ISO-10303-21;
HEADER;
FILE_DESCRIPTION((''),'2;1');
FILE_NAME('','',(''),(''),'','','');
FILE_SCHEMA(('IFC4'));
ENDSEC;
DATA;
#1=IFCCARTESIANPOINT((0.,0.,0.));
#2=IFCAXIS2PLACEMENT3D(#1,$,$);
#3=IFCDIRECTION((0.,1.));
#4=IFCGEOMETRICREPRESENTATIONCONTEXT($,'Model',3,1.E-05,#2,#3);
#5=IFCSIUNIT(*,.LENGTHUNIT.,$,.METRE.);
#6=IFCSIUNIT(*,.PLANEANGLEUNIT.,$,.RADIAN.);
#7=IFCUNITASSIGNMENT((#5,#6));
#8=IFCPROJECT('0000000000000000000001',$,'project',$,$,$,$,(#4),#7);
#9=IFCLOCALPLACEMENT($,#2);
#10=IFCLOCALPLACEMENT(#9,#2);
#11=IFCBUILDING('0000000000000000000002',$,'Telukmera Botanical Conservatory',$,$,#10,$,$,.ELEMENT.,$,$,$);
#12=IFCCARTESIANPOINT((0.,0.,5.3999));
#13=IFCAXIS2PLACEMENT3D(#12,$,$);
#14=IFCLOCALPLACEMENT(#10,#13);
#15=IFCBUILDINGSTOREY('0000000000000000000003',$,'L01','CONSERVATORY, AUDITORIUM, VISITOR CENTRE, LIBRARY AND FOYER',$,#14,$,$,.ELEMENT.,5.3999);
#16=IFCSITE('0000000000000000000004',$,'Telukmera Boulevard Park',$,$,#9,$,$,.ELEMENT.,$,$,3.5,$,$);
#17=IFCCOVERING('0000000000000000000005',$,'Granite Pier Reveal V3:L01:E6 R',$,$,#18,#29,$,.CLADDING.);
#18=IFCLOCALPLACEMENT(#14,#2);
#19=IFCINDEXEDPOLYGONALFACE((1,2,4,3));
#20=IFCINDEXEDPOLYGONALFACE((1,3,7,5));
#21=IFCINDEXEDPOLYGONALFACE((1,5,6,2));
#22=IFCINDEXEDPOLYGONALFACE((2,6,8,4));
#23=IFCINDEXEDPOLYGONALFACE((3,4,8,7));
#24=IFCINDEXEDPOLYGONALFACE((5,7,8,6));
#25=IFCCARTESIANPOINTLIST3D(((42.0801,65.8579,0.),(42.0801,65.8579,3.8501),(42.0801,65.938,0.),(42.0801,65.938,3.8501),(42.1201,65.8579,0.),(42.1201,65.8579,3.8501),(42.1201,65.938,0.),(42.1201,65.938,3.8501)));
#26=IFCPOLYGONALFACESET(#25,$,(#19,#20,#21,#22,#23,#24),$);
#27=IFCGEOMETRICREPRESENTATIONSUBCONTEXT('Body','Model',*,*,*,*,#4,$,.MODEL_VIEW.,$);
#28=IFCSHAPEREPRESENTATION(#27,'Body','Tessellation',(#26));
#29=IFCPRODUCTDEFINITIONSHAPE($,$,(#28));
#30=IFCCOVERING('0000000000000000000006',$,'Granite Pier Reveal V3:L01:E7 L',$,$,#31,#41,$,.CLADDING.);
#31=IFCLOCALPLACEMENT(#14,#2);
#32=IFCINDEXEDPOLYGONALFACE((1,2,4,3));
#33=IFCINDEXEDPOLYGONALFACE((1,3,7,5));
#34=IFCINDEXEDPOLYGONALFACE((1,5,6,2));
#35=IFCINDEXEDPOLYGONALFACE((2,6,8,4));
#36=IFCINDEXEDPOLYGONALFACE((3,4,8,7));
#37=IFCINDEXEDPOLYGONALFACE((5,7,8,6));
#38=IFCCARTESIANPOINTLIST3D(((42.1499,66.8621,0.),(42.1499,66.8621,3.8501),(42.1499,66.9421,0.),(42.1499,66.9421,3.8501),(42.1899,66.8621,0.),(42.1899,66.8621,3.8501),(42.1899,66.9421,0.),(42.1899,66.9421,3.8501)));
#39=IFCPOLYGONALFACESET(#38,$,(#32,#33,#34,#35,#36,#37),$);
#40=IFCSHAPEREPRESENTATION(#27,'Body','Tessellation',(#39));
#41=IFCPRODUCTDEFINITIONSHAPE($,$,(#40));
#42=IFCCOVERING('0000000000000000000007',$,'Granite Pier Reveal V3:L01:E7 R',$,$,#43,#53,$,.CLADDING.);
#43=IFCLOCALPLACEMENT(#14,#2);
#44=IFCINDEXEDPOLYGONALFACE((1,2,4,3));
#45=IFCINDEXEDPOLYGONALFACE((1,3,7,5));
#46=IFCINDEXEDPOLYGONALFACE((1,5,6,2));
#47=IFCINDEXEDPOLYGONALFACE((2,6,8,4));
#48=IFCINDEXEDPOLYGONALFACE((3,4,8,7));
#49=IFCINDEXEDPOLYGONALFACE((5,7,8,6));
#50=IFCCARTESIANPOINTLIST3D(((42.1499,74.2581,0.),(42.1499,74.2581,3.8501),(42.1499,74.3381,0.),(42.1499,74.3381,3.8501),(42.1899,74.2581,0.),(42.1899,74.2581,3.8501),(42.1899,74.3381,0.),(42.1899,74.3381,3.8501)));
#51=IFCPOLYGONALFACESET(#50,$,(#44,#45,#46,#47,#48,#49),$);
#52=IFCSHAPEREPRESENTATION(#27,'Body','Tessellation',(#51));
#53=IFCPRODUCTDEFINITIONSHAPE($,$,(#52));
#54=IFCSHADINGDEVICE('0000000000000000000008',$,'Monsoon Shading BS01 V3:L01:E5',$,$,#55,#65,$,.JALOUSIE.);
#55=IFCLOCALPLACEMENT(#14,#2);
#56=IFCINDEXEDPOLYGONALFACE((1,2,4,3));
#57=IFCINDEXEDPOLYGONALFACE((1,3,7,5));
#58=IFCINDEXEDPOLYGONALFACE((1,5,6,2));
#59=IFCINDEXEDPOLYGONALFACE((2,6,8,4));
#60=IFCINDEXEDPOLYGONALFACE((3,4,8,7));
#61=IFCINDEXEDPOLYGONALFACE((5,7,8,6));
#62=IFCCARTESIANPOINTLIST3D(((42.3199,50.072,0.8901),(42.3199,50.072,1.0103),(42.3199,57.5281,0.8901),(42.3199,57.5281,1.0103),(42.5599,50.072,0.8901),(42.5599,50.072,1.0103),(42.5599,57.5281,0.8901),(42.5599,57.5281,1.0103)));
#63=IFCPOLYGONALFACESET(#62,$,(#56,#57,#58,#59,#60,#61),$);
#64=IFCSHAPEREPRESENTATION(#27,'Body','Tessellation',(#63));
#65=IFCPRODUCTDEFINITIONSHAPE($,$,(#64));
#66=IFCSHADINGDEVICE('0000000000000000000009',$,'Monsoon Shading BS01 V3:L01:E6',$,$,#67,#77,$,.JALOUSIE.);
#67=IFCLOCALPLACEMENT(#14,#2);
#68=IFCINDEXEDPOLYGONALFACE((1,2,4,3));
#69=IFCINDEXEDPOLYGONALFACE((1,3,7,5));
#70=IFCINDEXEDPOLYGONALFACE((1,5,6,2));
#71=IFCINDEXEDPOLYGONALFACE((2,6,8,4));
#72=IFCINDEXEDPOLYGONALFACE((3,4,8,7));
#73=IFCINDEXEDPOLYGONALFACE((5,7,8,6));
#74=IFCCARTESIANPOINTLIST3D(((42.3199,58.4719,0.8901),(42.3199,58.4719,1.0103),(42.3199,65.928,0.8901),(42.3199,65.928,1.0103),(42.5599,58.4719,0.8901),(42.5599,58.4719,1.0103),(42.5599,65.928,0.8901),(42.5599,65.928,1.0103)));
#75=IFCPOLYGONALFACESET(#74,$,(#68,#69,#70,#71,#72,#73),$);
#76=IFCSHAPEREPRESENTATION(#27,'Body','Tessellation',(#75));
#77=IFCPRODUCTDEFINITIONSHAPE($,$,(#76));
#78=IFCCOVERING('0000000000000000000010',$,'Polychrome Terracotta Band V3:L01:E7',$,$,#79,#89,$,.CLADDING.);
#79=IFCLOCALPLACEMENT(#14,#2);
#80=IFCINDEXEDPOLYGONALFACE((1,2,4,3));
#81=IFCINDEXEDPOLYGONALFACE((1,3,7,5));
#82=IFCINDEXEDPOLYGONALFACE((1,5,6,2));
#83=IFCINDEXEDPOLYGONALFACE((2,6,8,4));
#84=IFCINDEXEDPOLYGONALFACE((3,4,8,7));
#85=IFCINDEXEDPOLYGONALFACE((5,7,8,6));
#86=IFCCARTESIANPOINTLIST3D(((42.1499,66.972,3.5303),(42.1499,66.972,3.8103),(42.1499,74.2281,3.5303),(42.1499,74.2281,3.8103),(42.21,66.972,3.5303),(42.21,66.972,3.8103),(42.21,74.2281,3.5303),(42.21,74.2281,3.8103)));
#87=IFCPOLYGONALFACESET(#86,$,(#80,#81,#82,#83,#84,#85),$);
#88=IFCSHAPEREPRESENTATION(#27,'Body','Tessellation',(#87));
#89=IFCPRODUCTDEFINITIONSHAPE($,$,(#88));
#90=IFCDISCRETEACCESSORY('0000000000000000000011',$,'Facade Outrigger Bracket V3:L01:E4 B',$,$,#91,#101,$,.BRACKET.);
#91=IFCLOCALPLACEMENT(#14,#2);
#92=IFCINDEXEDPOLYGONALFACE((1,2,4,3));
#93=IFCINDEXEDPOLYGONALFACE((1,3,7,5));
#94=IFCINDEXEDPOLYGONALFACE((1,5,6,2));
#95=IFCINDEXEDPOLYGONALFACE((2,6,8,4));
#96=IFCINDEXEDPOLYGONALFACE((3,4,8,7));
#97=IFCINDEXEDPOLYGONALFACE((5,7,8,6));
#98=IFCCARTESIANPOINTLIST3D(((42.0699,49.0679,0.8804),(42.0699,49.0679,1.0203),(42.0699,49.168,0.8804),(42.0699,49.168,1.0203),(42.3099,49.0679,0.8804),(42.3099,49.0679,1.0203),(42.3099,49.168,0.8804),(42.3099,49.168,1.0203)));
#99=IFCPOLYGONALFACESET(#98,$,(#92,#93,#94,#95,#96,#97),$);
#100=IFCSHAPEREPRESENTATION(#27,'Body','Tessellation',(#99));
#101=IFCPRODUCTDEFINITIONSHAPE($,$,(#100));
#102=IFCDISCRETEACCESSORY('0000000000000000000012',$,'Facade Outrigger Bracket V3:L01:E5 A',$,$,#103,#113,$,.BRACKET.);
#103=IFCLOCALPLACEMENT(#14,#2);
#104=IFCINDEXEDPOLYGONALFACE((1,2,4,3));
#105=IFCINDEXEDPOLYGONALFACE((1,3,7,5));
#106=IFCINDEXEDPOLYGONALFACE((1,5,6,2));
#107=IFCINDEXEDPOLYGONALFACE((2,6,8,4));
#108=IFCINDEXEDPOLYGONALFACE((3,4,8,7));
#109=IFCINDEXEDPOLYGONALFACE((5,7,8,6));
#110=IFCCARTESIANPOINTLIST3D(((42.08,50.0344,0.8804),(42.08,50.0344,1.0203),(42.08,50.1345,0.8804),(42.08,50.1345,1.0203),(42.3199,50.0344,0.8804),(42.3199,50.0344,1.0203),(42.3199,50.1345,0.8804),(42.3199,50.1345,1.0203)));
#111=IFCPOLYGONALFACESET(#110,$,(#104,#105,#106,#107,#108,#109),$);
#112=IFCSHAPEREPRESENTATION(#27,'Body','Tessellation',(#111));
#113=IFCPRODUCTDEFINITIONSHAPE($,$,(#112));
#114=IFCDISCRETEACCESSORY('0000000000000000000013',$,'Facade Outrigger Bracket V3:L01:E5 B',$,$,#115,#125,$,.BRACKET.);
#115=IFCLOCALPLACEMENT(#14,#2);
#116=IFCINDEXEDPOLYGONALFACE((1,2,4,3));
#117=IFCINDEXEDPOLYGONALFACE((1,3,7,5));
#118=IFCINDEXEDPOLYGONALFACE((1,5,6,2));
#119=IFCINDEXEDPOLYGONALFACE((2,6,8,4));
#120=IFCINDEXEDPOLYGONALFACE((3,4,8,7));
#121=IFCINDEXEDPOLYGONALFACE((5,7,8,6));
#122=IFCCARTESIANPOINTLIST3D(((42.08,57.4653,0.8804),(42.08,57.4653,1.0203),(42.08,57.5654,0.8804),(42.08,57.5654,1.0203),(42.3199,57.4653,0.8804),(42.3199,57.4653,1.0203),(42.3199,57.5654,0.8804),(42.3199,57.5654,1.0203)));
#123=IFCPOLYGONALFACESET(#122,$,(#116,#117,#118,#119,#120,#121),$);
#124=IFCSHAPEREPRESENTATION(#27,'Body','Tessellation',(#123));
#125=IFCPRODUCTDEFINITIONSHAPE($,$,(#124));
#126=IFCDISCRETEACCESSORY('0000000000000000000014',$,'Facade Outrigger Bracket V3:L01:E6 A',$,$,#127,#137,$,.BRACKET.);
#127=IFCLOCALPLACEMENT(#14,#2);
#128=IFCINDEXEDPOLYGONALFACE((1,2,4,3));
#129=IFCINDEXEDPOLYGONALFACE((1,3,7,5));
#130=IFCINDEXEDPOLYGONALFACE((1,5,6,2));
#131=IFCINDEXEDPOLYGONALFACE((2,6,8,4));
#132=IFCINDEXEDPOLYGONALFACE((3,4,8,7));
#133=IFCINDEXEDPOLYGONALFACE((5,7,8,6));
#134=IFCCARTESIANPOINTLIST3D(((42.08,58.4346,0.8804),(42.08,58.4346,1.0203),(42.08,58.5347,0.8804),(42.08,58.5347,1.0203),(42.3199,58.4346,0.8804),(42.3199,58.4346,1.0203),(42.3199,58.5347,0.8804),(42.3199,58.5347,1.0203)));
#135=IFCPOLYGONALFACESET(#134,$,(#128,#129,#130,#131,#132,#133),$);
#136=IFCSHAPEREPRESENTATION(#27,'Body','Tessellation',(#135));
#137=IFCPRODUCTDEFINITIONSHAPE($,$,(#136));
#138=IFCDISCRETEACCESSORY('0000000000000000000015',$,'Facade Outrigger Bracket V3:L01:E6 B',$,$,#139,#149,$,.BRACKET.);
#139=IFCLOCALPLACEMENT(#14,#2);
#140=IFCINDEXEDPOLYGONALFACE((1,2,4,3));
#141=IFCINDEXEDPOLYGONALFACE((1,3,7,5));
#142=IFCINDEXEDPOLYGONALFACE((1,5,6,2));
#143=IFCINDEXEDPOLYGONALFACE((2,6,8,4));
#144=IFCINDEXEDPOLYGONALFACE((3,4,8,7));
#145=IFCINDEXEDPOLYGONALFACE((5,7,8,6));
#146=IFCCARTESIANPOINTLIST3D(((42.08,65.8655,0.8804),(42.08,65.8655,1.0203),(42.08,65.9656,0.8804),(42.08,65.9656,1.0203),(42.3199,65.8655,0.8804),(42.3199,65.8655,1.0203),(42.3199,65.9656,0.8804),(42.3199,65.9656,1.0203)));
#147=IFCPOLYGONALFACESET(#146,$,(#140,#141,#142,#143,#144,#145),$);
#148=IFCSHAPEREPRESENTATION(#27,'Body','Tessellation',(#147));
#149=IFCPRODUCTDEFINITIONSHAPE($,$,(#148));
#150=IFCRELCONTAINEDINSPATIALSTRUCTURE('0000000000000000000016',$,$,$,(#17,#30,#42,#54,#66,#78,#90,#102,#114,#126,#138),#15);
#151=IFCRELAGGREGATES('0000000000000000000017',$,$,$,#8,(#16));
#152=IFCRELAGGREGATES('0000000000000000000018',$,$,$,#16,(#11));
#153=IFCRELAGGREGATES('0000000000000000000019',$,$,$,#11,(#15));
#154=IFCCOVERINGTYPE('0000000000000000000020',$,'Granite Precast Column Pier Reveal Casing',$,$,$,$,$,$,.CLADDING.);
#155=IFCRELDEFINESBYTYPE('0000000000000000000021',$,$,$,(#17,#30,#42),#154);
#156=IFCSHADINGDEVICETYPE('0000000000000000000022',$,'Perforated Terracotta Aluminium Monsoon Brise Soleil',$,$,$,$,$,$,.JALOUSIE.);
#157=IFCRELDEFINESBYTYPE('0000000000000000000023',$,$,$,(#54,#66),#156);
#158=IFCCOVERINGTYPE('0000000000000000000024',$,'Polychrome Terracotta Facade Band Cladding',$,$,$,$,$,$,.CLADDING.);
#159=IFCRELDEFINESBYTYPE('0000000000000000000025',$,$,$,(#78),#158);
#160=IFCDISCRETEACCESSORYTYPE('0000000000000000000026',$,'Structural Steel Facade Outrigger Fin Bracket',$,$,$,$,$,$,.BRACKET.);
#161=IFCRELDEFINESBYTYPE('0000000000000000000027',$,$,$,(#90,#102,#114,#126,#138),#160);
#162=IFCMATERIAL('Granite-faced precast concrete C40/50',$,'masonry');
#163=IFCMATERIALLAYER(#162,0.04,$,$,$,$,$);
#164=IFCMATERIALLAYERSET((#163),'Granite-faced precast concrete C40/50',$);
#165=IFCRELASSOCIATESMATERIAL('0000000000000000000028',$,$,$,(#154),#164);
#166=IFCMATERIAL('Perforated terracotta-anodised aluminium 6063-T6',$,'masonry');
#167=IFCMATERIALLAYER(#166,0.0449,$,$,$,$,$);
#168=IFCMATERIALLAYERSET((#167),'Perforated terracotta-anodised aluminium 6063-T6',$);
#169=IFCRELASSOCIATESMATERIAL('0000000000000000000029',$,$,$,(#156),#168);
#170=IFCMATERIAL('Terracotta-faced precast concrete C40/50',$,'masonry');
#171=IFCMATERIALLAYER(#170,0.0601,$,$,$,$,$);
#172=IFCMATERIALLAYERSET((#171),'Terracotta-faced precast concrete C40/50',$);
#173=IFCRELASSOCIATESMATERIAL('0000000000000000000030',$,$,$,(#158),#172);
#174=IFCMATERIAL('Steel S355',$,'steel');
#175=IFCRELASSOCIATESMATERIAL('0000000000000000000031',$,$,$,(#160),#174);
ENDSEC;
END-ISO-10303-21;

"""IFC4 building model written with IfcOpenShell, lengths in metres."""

from ifc_helpers import new_model, si_unit, direction, frame, origin, origin_2d, place, context, subcontext, project, spatial, rectangle, extrude, material, layer, layer_set, type_object, element, save


model = new_model("IFC4")

# Units and contexts
model_context = context("Model", 3, precision=1e-05, world=origin(), true_north=direction((0.0, 1.0)))
body_context = subcontext(model_context, "Body", "Model", "MODEL_VIEW")
ifc_project = project(units=[si_unit("LENGTHUNIT", "METRE"), si_unit("PLANEANGLEUNIT", "RADIAN")], contexts=[model_context])

# Site, building, storey
site_placement = place(None, origin())
site = spatial("IfcSite", under=ifc_project, at=site_placement, Name="Telukmera Boulevard Park", CompositionType="ELEMENT", RefElevation=3.5)
building_placement = place(site_placement, origin())
building = spatial("IfcBuilding", under=site, at=building_placement, Name="Telukmera Botanical Conservatory", CompositionType="ELEMENT")
storey_placement = place(building_placement, frame((0.0, 0.0, 5.3999)))
storey = spatial("IfcBuildingStorey", under=building, at=storey_placement, Name="L01", Description="CONSERVATORY, AUDITORIUM, VISITOR CENTRE, LIBRARY AND FOYER", CompositionType="ELEMENT", Elevation=5.3999)

# Shared definitions
ifc_material_1 = material(Name="Steel S355", Category="steel")

# Coverings
ifc_material_2 = material(Name="Granite-faced precast concrete C40/50", Category="masonry")
ifc_layer_1 = layer(ifc_material_2, 0.04)
ifc_layer_set_1 = layer_set([ifc_layer_1], Name="Granite-faced precast concrete C40/50")
covering_type_1 = type_object("IfcCoveringType", Name="Granite Precast Column Pier Reveal Casing", PredefinedType="CLADDING", material=ifc_layer_set_1)
for number, where, z_axis, x_axis, name in (
    (1, (42.1001, 65.8979, 0.0), (0.0, 0.0, 1.0), (0.0, 1.0, 0.0), "Granite Pier Reveal V3:L01:E6 R"),
    (2, (42.1699, 66.9021, 0.0), (0.0, 0.0, 1.0), (0.0, 1.0, 0.0), "Granite Pier Reveal V3:L01:E7 L"),
    (3, (42.1699, 74.2981, 0.0), (0.0, 0.0, 1.0), (0.0, 1.0, 0.0), "Granite Pier Reveal V3:L01:E7 R"),
):
    element("IfcCovering", number, at=place(storey_placement, frame(where, z_axis=z_axis, x_axis=x_axis)), inside=storey, type_object=covering_type_1, Name=name, PredefinedType="CLADDING", context=body_context, shape_type="SweptSolid", body=[
        extrude(rectangle(XDim=0.0801, YDim=0.04, at=origin_2d()), origin(), (0.0, 0.0, 1.0), 3.8501),
    ])

# Shading devices
ifc_material_3 = material(Name="Perforated terracotta-anodised aluminium 6063-T6", Category="masonry")
ifc_layer_2 = layer(ifc_material_3, 0.0449)
ifc_layer_set_2 = layer_set([ifc_layer_2], Name="Perforated terracotta-anodised aluminium 6063-T6")
shading_device_type = type_object("IfcShadingDeviceType", Name="Perforated Terracotta Aluminium Monsoon Brise Soleil", PredefinedType="JALOUSIE", material=ifc_layer_set_2)
for number, where, z_axis, x_axis, name in (
    (4, (42.4399, 53.8, 0.8901), (0.0, 0.0, 1.0), (0.0, 1.0, 0.0), "Monsoon Shading BS01 V3:L01:E5"),
    (5, (42.4399, 62.2, 0.8901), (0.0, 0.0, 1.0), (0.0, 1.0, 0.0), "Monsoon Shading BS01 V3:L01:E6"),
):
    element("IfcShadingDevice", number, at=place(storey_placement, frame(where, z_axis=z_axis, x_axis=x_axis)), inside=storey, type_object=shading_device_type, Name=name, PredefinedType="JALOUSIE", context=body_context, shape_type="SweptSolid", body=[
        extrude(rectangle(XDim=7.4561, YDim=0.24, at=origin_2d()), origin(), (0.0, 0.0, 1.0), 0.1201),
    ])

# Covering
ifc_material_4 = material(Name="Terracotta-faced precast concrete C40/50", Category="masonry")
ifc_layer_3 = layer(ifc_material_4, 0.0601)
ifc_layer_set_3 = layer_set([ifc_layer_3], Name="Terracotta-faced precast concrete C40/50")
covering_type_2 = type_object("IfcCoveringType", Name="Polychrome Terracotta Facade Band Cladding", PredefinedType="CLADDING", material=ifc_layer_set_3)
covering_placement = place(storey_placement, frame((42.1799, 70.6001, 3.5303), z_axis=(0.0, 0.0, 1.0), x_axis=(0.0, 1.0, 0.0)))
element("IfcCovering", 6, at=covering_placement, inside=storey, type_object=covering_type_2, Name="Polychrome Terracotta Band V3:L01:E7", PredefinedType="CLADDING", context=body_context, shape_type="SweptSolid", body=[
    extrude(rectangle(XDim=7.2561, YDim=0.0601, at=origin_2d()), origin(), (0.0, 0.0, 1.0), 0.28),
])

# Discrete accessories
discrete_accessory_type = type_object("IfcDiscreteAccessoryType", Name="Structural Steel Facade Outrigger Fin Bracket", PredefinedType="BRACKET", material=ifc_material_1)
for number, where, z_axis, x_axis, name in (
    (7, (42.1899, 49.1179, 0.8804), (0.0, 0.0, 1.0), (0.0, 1.0, 0.0), "Facade Outrigger Bracket V3:L01:E4 B"),
    (8, (42.2, 50.0845, 0.8804), (0.0, 0.0, 1.0), (0.0, 1.0, 0.0), "Facade Outrigger Bracket V3:L01:E5 A"),
    (9, (42.2, 57.5154, 0.8804), (0.0, 0.0, 1.0), (0.0, 1.0, 0.0), "Facade Outrigger Bracket V3:L01:E5 B"),
    (10, (42.2, 58.4846, 0.8804), (0.0, 0.0, 1.0), (0.0, 1.0, 0.0), "Facade Outrigger Bracket V3:L01:E6 A"),
    (11, (42.2, 65.9155, 0.8804), (0.0, 0.0, 1.0), (0.0, 1.0, 0.0), "Facade Outrigger Bracket V3:L01:E6 B"),
):
    element("IfcDiscreteAccessory", number, at=place(storey_placement, frame(where, z_axis=z_axis, x_axis=x_axis)), inside=storey, type_object=discrete_accessory_type, Name=name, PredefinedType="BRACKET", context=body_context, shape_type="SweptSolid", body=[
        extrude(rectangle(XDim=0.1001, YDim=0.24, at=origin_2d()), origin(), (0.0, 0.0, 1.0), 0.1399),
    ])

save(model, "model.ifc")
